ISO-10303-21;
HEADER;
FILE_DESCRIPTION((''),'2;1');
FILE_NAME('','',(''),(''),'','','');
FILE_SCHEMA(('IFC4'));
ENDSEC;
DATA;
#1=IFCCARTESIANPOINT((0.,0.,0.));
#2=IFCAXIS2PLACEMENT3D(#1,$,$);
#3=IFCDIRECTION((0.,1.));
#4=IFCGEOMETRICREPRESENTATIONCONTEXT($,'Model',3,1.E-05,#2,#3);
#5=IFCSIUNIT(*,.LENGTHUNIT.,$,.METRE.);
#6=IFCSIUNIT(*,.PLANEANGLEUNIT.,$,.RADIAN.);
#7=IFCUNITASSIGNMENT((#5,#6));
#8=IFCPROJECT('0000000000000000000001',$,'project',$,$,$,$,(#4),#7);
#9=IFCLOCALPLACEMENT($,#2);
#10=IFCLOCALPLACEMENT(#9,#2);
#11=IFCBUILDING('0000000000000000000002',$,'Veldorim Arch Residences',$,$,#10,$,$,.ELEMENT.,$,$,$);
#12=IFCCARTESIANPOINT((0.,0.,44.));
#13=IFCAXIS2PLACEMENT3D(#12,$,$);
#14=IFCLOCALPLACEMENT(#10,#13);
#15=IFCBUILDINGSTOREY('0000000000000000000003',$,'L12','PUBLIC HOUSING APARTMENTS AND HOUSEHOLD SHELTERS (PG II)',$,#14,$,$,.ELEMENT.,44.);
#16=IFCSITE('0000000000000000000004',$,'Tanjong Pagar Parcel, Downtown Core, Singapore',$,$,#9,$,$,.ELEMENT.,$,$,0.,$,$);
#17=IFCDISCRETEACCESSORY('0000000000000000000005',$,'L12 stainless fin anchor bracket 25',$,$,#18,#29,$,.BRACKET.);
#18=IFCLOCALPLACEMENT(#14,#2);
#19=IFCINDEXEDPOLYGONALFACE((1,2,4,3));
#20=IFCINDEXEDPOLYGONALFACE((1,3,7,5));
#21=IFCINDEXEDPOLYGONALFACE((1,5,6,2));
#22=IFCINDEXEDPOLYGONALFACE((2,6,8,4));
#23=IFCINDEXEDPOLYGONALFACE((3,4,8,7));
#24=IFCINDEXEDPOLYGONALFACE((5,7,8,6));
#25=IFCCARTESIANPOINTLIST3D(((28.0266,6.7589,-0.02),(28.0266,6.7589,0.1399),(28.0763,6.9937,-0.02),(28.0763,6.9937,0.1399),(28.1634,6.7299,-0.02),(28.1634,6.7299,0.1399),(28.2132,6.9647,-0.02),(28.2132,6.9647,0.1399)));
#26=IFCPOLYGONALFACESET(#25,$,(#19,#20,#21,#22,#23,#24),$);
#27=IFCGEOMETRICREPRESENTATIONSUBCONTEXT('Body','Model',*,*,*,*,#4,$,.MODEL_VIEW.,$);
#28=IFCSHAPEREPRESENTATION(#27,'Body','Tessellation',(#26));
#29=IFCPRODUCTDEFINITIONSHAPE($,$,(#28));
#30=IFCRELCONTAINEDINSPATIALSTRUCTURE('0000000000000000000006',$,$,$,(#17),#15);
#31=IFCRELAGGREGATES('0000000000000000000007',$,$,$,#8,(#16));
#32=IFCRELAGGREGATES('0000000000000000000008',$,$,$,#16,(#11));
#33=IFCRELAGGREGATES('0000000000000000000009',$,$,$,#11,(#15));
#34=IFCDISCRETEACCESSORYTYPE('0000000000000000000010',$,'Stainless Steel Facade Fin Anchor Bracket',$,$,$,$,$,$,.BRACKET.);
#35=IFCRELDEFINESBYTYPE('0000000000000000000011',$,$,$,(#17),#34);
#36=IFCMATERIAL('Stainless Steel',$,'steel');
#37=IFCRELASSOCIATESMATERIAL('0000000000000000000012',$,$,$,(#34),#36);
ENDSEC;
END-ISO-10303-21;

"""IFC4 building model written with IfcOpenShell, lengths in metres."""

from ifc_helpers import new_model, si_unit, direction, frame, origin, origin_2d, place, context, subcontext, project, spatial, rectangle, extrude, material, type_object, element, save


model = new_model("IFC4")

# Units and contexts
model_context = context("Model", 3, precision=1e-05, world=origin(), true_north=direction((0.0, 1.0)))
body_context = subcontext(model_context, "Body", "Model", "MODEL_VIEW")
ifc_project = project(units=[si_unit("LENGTHUNIT", "METRE"), si_unit("PLANEANGLEUNIT", "RADIAN")], contexts=[model_context])

# Site, building, storey
site_placement = place(None, origin())
site = spatial("IfcSite", under=ifc_project, at=site_placement, Name="Tanjong Pagar Parcel, Downtown Core, Singapore", CompositionType="ELEMENT", RefElevation=0.0)
building_placement = place(site_placement, origin())
building = spatial("IfcBuilding", under=site, at=building_placement, Name="Veldorim Arch Residences", CompositionType="ELEMENT")
storey_placement = place(building_placement, frame((0.0, 0.0, 44.0)))
storey = spatial("IfcBuildingStorey", under=building, at=storey_placement, Name="L12", Description="PUBLIC HOUSING APARTMENTS AND HOUSEHOLD SHELTERS (PG II)", CompositionType="ELEMENT", Elevation=44.0)

# Discrete accessory
ifc_material_1 = material(Name="Stainless Steel", Category="steel")
discrete_accessory_type = type_object("IfcDiscreteAccessoryType", Name="Stainless Steel Facade Fin Anchor Bracket", PredefinedType="BRACKET", material=ifc_material_1)
discrete_accessory_placement = place(storey_placement, frame((28.1199, 6.8618, -0.02), z_axis=(0.0, 0.0, 1.0), x_axis=(-0.978256, 0.2074, 0.0)))
element("IfcDiscreteAccessory", 1, at=discrete_accessory_placement, inside=storey, type_object=discrete_accessory_type, Name="L12 stainless fin anchor bracket 25", PredefinedType="BRACKET", context=body_context, shape_type="SweptSolid", body=[
    extrude(rectangle(XDim=0.1399, YDim=0.24, at=origin_2d()), origin(), (0.0, 0.0, 1.0), 0.1599),
])

save(model, "model.ifc")
